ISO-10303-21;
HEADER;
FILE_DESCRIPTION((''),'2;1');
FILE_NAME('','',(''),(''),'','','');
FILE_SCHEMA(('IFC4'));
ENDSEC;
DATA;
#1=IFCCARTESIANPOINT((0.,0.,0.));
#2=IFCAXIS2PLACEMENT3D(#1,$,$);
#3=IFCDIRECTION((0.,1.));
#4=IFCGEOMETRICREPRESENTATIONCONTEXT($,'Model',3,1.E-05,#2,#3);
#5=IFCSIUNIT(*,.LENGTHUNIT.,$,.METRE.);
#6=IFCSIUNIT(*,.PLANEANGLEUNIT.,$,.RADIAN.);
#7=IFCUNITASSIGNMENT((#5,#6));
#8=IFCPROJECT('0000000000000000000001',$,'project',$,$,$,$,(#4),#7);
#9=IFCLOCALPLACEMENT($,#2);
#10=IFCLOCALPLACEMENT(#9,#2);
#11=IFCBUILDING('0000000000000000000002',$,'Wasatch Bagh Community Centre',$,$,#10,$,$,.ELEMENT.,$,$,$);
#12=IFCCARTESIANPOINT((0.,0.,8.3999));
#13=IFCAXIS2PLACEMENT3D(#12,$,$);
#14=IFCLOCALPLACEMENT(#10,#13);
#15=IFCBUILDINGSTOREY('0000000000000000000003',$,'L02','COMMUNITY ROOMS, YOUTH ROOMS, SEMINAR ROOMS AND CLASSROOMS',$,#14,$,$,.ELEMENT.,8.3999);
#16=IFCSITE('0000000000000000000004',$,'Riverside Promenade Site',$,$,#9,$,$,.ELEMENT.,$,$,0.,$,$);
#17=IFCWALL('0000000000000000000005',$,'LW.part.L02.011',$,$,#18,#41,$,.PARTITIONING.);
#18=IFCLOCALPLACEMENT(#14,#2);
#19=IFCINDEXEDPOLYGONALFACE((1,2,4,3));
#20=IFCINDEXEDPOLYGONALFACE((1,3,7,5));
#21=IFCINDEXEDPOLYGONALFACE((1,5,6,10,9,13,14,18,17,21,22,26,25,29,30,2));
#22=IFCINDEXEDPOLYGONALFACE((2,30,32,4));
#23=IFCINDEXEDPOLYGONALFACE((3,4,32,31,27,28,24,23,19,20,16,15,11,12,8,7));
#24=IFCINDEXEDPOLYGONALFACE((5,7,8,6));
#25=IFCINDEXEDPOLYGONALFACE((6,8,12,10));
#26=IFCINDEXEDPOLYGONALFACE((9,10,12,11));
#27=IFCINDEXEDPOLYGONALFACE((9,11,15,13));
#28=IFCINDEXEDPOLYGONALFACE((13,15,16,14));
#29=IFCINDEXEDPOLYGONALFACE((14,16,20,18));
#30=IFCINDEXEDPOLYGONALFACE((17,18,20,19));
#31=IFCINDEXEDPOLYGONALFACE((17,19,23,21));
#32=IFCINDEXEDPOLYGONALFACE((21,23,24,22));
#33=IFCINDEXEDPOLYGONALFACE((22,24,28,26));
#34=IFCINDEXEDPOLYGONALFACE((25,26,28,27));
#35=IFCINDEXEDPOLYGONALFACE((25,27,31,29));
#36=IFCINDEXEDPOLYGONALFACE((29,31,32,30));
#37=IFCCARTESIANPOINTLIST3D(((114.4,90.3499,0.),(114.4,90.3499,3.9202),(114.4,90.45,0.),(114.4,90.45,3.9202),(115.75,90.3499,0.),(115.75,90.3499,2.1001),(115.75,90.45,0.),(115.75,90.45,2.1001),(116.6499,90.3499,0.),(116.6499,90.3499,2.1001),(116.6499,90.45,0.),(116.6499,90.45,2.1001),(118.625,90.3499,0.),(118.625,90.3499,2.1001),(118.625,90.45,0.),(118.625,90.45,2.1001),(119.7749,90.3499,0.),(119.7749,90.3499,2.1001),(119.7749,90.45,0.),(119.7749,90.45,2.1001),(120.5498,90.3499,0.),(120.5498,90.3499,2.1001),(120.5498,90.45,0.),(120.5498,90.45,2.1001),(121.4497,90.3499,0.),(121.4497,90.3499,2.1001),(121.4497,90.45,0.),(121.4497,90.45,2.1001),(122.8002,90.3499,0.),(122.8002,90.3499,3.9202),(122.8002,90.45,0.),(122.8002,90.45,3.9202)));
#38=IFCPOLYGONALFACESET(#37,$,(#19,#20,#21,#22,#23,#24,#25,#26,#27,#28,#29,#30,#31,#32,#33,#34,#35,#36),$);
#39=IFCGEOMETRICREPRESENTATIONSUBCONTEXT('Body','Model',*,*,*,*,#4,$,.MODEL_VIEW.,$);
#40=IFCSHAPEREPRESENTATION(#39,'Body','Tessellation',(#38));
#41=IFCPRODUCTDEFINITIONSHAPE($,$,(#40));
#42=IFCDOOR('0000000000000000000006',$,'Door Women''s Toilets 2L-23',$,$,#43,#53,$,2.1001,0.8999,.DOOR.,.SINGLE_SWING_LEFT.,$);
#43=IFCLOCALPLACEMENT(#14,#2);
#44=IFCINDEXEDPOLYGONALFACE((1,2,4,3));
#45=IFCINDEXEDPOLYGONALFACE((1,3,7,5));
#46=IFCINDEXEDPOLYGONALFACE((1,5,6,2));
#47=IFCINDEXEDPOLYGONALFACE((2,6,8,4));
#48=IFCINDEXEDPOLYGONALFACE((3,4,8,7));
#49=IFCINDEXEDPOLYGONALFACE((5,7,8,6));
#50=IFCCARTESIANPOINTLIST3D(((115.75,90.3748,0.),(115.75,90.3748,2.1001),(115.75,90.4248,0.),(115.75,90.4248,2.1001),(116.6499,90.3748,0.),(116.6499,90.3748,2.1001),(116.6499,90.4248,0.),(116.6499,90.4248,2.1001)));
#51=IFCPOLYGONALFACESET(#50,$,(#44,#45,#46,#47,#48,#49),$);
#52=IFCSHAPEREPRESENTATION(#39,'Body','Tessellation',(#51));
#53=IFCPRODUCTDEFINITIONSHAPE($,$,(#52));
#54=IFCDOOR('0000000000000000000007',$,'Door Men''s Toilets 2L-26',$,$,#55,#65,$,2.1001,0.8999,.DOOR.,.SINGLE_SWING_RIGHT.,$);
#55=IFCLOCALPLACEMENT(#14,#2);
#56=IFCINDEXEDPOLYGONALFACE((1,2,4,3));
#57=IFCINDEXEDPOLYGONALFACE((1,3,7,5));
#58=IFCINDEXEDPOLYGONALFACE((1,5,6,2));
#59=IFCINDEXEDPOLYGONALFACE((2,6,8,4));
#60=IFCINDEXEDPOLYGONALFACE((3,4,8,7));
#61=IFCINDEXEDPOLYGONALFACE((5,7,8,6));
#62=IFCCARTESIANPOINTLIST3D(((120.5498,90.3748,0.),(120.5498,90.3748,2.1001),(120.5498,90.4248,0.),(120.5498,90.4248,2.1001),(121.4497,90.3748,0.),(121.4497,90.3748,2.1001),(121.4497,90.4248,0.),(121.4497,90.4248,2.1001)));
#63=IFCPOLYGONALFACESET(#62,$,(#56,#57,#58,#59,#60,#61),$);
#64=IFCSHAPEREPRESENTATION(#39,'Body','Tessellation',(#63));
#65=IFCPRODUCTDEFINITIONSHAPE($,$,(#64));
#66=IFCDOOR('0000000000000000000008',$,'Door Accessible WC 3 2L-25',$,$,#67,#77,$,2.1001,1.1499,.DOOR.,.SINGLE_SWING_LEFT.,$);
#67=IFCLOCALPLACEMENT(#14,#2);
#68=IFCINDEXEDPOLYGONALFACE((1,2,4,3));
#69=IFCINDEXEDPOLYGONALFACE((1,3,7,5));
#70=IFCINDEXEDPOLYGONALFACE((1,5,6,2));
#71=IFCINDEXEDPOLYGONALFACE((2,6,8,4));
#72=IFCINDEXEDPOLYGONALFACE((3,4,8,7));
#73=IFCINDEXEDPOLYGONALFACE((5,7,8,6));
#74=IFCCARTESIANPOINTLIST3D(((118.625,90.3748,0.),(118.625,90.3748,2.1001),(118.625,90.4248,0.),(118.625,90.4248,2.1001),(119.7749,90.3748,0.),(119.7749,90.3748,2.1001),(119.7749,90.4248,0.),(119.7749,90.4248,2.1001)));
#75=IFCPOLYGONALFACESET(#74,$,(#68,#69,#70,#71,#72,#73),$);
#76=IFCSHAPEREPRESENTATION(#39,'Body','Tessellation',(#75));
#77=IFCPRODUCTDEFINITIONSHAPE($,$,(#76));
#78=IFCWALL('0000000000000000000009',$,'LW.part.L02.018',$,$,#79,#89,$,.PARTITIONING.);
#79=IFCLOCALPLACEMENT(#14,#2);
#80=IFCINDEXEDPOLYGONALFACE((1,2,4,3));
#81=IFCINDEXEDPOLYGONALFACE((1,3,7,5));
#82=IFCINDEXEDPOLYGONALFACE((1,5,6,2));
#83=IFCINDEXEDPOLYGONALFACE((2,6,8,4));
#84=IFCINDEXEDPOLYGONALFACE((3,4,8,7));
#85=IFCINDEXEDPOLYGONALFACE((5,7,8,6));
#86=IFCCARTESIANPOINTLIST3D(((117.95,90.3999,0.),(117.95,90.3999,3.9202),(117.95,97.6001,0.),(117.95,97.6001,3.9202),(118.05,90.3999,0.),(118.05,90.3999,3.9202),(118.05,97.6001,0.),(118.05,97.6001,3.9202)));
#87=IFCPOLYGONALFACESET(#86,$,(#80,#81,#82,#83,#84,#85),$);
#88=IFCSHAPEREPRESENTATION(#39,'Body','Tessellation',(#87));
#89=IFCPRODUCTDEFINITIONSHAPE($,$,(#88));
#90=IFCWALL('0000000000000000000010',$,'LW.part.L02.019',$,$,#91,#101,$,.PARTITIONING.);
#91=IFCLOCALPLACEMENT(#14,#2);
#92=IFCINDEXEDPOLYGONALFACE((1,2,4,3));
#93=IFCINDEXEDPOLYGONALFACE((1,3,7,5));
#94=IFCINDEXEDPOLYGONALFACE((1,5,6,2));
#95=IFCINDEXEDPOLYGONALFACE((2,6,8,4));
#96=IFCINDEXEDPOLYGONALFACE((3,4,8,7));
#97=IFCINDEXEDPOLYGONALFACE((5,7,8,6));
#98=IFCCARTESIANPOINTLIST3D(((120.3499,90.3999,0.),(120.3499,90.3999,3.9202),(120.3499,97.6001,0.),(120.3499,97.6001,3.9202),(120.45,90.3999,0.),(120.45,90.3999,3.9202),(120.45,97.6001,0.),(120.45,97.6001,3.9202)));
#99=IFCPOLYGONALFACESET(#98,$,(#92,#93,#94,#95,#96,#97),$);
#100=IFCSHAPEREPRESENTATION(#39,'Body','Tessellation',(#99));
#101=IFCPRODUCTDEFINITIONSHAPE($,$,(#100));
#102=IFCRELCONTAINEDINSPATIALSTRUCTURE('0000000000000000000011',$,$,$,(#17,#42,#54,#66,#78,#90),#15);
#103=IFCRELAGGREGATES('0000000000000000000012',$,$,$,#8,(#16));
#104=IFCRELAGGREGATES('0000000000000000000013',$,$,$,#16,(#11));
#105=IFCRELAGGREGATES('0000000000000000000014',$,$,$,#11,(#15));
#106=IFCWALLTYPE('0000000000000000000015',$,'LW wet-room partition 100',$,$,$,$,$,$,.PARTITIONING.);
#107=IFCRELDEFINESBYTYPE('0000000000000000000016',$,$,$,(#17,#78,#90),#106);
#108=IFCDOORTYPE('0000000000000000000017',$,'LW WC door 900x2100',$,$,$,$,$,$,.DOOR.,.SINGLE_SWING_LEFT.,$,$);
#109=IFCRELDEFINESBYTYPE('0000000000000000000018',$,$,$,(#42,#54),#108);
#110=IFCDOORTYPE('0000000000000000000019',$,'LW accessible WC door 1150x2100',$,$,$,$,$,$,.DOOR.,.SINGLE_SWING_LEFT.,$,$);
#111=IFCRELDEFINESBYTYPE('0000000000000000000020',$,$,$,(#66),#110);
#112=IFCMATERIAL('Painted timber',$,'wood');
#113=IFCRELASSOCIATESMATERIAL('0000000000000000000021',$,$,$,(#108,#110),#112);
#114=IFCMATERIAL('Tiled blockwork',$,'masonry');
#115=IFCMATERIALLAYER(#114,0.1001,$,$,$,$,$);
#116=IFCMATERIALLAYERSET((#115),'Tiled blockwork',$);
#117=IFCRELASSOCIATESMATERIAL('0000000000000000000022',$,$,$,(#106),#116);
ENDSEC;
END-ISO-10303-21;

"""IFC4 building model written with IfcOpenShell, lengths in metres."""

from ifc_helpers import new_model, si_unit, direction, frame, frame_2d, origin, place, context, subcontext, project, spatial, rectangle, extrude, material, layer, layer_set, type_object, element, fill, save


model = new_model("IFC4")

# Units and contexts
model_context = context("Model", 3, precision=1e-05, world=origin(), true_north=direction((0.0, 1.0)))
body_context = subcontext(model_context, "Body", "Model", "MODEL_VIEW")
ifc_project = project(units=[si_unit("LENGTHUNIT", "METRE"), si_unit("PLANEANGLEUNIT", "RADIAN")], contexts=[model_context])

# Site, building, storey
site_placement = place(None, origin())
site = spatial("IfcSite", under=ifc_project, at=site_placement, Name="Riverside Promenade Site", CompositionType="ELEMENT", RefElevation=0.0)
building_placement = place(site_placement, origin())
building = spatial("IfcBuilding", under=site, at=building_placement, Name="Wasatch Bagh Community Centre", CompositionType="ELEMENT")
storey_placement = place(building_placement, frame((0.0, 0.0, 8.3999)))
storey = spatial("IfcBuildingStorey", under=building, at=storey_placement, Name="L02", Description="COMMUNITY ROOMS, YOUTH ROOMS, SEMINAR ROOMS AND CLASSROOMS", CompositionType="ELEMENT", Elevation=8.3999)

# Shared definitions
ifc_material_1 = material(Name="Painted timber", Category="wood")
door_type_1 = type_object("IfcDoorType", Name="LW WC door 900x2100", OperationType="SINGLE_SWING_LEFT", PredefinedType="DOOR", material=ifc_material_1)

# Wall, openings, doors
ifc_material_2 = material(Name="Tiled blockwork", Category="masonry")
ifc_layer_1 = layer(ifc_material_2, 0.1001)
ifc_layer_set_1 = layer_set([ifc_layer_1], Name="Tiled blockwork")
wall_type_1 = type_object("IfcWallType", Name="LW wet-room partition 100", PredefinedType="PARTITIONING", material=ifc_layer_set_1)
wall_1_placement = place(storey_placement, frame((114.3999, 90.3999, 0.0), z_axis=(0.0, 0.0, 1.0), x_axis=(1.0, 0.0, 0.0)))
wall_1 = element("IfcWall", 1, at=wall_1_placement, inside=storey, type_object=wall_type_1, Name="LW.part.L02.011", PredefinedType="PARTITIONING", context=body_context, shape_type="SweptSolid", body=[
    extrude(rectangle(XDim=8.4001, YDim=0.1001, at=frame_2d((4.2002, 0.0))), origin(), (0.0, 0.0, 1.0), 3.9202),
])
opening_1_placement = place(wall_1_placement, frame((1.3501, 0.0, 0.0)))
opening_1 = element("IfcOpeningElement", 2, at=opening_1_placement, cuts=wall_1, PredefinedType="OPENING", context=body_context, shape_type="SweptSolid", body=[
    extrude(rectangle(XDim=0.8999, YDim=2.1001, at=frame_2d((0.45, 1.05))), frame((0.0, 0.0601, 0.0), z_axis=(0.0, -1.0, 0.0), x_axis=(1.0, 0.0, 0.0)), (0.0, 0.0, 1.0), 0.1201),
])
opening_2_placement = place(wall_1_placement, frame((4.2251, 0.0, 0.0)))
opening_2 = element("IfcOpeningElement", 3, at=opening_2_placement, cuts=wall_1, PredefinedType="OPENING", context=body_context, shape_type="SweptSolid", body=[
    extrude(rectangle(XDim=1.1499, YDim=2.1001, at=frame_2d((0.575, 1.05))), frame((0.0, 0.0601, 0.0), z_axis=(0.0, -1.0, 0.0), x_axis=(1.0, 0.0, 0.0)), (0.0, 0.0, 1.0), 0.1201),
])
opening_3_placement = place(wall_1_placement, frame((6.1499, 0.0, 0.0)))
opening_3 = element("IfcOpeningElement", 4, at=opening_3_placement, cuts=wall_1, PredefinedType="OPENING", context=body_context, shape_type="SweptSolid", body=[
    extrude(rectangle(XDim=0.8999, YDim=2.1001, at=frame_2d((0.45, 1.05))), frame((0.0, 0.0601, 0.0), z_axis=(0.0, -1.0, 0.0), x_axis=(1.0, 0.0, 0.0)), (0.0, 0.0, 1.0), 0.1201),
])
door_1_placement = place(opening_1_placement, origin())
door_1 = element("IfcDoor", 5, at=door_1_placement, inside=storey, type_object=door_type_1, Name="Door Women's Toilets 2L-23", OperationType="SINGLE_SWING_LEFT", OverallHeight=2.1001, OverallWidth=0.8999, PredefinedType="DOOR", context=body_context, shape_type="SweptSolid", body=[
    extrude(rectangle(XDim=0.8999, YDim=2.1001, at=frame_2d((0.45, 1.05))), frame((0.0, 0.0249, 0.0), z_axis=(0.0, -1.0, 0.0), x_axis=(1.0, 0.0, 0.0)), (0.0, 0.0, 1.0), 0.05),
])
fill(opening_1, door_1)
door_2_placement = place(opening_3_placement, origin())
door_2 = element("IfcDoor", 6, at=door_2_placement, inside=storey, type_object=door_type_1, Name="Door Men's Toilets 2L-26", OperationType="SINGLE_SWING_RIGHT", OverallHeight=2.1001, OverallWidth=0.8999, PredefinedType="DOOR", context=body_context, shape_type="SweptSolid", body=[
    extrude(rectangle(XDim=0.8999, YDim=2.1001, at=frame_2d((0.45, 1.05))), frame((0.0, 0.0249, 0.0), z_axis=(0.0, -1.0, 0.0), x_axis=(1.0, 0.0, 0.0)), (0.0, 0.0, 1.0), 0.05),
])
fill(opening_3, door_2)
door_type_2 = type_object("IfcDoorType", Name="LW accessible WC door 1150x2100", OperationType="SINGLE_SWING_LEFT", PredefinedType="DOOR", material=ifc_material_1)
door_3_placement = place(opening_2_placement, origin())
door_3 = element("IfcDoor", 7, at=door_3_placement, inside=storey, type_object=door_type_2, Name="Door Accessible WC 3 2L-25", OperationType="SINGLE_SWING_LEFT", OverallHeight=2.1001, OverallWidth=1.1499, PredefinedType="DOOR", context=body_context, shape_type="SweptSolid", body=[
    extrude(rectangle(XDim=1.1499, YDim=2.1001, at=frame_2d((0.575, 1.05))), frame((0.0, 0.0249, 0.0), z_axis=(0.0, -1.0, 0.0), x_axis=(1.0, 0.0, 0.0)), (0.0, 0.0, 1.0), 0.05),
])
fill(opening_2, door_3)

# Walls
for number, where, z_axis, x_axis, name in (
    (8, (118.0, 90.3999, 0.0), (0.0, 0.0, 1.0), (0.0, 1.0, 0.0), "LW.part.L02.018"),
    (9, (120.3999, 90.3999, 0.0), (0.0, 0.0, 1.0), (0.0, 1.0, 0.0), "LW.part.L02.019"),
):
    element("IfcWall", number, at=place(storey_placement, frame(where, z_axis=z_axis, x_axis=x_axis)), inside=storey, type_object=wall_type_1, Name=name, PredefinedType="PARTITIONING", context=body_context, shape_type="SweptSolid", body=[
        extrude(rectangle(XDim=7.2002, YDim=0.1001, at=frame_2d((3.6001, 0.0))), origin(), (0.0, 0.0, 1.0), 3.9202),
    ])

save(model, "model.ifc")
